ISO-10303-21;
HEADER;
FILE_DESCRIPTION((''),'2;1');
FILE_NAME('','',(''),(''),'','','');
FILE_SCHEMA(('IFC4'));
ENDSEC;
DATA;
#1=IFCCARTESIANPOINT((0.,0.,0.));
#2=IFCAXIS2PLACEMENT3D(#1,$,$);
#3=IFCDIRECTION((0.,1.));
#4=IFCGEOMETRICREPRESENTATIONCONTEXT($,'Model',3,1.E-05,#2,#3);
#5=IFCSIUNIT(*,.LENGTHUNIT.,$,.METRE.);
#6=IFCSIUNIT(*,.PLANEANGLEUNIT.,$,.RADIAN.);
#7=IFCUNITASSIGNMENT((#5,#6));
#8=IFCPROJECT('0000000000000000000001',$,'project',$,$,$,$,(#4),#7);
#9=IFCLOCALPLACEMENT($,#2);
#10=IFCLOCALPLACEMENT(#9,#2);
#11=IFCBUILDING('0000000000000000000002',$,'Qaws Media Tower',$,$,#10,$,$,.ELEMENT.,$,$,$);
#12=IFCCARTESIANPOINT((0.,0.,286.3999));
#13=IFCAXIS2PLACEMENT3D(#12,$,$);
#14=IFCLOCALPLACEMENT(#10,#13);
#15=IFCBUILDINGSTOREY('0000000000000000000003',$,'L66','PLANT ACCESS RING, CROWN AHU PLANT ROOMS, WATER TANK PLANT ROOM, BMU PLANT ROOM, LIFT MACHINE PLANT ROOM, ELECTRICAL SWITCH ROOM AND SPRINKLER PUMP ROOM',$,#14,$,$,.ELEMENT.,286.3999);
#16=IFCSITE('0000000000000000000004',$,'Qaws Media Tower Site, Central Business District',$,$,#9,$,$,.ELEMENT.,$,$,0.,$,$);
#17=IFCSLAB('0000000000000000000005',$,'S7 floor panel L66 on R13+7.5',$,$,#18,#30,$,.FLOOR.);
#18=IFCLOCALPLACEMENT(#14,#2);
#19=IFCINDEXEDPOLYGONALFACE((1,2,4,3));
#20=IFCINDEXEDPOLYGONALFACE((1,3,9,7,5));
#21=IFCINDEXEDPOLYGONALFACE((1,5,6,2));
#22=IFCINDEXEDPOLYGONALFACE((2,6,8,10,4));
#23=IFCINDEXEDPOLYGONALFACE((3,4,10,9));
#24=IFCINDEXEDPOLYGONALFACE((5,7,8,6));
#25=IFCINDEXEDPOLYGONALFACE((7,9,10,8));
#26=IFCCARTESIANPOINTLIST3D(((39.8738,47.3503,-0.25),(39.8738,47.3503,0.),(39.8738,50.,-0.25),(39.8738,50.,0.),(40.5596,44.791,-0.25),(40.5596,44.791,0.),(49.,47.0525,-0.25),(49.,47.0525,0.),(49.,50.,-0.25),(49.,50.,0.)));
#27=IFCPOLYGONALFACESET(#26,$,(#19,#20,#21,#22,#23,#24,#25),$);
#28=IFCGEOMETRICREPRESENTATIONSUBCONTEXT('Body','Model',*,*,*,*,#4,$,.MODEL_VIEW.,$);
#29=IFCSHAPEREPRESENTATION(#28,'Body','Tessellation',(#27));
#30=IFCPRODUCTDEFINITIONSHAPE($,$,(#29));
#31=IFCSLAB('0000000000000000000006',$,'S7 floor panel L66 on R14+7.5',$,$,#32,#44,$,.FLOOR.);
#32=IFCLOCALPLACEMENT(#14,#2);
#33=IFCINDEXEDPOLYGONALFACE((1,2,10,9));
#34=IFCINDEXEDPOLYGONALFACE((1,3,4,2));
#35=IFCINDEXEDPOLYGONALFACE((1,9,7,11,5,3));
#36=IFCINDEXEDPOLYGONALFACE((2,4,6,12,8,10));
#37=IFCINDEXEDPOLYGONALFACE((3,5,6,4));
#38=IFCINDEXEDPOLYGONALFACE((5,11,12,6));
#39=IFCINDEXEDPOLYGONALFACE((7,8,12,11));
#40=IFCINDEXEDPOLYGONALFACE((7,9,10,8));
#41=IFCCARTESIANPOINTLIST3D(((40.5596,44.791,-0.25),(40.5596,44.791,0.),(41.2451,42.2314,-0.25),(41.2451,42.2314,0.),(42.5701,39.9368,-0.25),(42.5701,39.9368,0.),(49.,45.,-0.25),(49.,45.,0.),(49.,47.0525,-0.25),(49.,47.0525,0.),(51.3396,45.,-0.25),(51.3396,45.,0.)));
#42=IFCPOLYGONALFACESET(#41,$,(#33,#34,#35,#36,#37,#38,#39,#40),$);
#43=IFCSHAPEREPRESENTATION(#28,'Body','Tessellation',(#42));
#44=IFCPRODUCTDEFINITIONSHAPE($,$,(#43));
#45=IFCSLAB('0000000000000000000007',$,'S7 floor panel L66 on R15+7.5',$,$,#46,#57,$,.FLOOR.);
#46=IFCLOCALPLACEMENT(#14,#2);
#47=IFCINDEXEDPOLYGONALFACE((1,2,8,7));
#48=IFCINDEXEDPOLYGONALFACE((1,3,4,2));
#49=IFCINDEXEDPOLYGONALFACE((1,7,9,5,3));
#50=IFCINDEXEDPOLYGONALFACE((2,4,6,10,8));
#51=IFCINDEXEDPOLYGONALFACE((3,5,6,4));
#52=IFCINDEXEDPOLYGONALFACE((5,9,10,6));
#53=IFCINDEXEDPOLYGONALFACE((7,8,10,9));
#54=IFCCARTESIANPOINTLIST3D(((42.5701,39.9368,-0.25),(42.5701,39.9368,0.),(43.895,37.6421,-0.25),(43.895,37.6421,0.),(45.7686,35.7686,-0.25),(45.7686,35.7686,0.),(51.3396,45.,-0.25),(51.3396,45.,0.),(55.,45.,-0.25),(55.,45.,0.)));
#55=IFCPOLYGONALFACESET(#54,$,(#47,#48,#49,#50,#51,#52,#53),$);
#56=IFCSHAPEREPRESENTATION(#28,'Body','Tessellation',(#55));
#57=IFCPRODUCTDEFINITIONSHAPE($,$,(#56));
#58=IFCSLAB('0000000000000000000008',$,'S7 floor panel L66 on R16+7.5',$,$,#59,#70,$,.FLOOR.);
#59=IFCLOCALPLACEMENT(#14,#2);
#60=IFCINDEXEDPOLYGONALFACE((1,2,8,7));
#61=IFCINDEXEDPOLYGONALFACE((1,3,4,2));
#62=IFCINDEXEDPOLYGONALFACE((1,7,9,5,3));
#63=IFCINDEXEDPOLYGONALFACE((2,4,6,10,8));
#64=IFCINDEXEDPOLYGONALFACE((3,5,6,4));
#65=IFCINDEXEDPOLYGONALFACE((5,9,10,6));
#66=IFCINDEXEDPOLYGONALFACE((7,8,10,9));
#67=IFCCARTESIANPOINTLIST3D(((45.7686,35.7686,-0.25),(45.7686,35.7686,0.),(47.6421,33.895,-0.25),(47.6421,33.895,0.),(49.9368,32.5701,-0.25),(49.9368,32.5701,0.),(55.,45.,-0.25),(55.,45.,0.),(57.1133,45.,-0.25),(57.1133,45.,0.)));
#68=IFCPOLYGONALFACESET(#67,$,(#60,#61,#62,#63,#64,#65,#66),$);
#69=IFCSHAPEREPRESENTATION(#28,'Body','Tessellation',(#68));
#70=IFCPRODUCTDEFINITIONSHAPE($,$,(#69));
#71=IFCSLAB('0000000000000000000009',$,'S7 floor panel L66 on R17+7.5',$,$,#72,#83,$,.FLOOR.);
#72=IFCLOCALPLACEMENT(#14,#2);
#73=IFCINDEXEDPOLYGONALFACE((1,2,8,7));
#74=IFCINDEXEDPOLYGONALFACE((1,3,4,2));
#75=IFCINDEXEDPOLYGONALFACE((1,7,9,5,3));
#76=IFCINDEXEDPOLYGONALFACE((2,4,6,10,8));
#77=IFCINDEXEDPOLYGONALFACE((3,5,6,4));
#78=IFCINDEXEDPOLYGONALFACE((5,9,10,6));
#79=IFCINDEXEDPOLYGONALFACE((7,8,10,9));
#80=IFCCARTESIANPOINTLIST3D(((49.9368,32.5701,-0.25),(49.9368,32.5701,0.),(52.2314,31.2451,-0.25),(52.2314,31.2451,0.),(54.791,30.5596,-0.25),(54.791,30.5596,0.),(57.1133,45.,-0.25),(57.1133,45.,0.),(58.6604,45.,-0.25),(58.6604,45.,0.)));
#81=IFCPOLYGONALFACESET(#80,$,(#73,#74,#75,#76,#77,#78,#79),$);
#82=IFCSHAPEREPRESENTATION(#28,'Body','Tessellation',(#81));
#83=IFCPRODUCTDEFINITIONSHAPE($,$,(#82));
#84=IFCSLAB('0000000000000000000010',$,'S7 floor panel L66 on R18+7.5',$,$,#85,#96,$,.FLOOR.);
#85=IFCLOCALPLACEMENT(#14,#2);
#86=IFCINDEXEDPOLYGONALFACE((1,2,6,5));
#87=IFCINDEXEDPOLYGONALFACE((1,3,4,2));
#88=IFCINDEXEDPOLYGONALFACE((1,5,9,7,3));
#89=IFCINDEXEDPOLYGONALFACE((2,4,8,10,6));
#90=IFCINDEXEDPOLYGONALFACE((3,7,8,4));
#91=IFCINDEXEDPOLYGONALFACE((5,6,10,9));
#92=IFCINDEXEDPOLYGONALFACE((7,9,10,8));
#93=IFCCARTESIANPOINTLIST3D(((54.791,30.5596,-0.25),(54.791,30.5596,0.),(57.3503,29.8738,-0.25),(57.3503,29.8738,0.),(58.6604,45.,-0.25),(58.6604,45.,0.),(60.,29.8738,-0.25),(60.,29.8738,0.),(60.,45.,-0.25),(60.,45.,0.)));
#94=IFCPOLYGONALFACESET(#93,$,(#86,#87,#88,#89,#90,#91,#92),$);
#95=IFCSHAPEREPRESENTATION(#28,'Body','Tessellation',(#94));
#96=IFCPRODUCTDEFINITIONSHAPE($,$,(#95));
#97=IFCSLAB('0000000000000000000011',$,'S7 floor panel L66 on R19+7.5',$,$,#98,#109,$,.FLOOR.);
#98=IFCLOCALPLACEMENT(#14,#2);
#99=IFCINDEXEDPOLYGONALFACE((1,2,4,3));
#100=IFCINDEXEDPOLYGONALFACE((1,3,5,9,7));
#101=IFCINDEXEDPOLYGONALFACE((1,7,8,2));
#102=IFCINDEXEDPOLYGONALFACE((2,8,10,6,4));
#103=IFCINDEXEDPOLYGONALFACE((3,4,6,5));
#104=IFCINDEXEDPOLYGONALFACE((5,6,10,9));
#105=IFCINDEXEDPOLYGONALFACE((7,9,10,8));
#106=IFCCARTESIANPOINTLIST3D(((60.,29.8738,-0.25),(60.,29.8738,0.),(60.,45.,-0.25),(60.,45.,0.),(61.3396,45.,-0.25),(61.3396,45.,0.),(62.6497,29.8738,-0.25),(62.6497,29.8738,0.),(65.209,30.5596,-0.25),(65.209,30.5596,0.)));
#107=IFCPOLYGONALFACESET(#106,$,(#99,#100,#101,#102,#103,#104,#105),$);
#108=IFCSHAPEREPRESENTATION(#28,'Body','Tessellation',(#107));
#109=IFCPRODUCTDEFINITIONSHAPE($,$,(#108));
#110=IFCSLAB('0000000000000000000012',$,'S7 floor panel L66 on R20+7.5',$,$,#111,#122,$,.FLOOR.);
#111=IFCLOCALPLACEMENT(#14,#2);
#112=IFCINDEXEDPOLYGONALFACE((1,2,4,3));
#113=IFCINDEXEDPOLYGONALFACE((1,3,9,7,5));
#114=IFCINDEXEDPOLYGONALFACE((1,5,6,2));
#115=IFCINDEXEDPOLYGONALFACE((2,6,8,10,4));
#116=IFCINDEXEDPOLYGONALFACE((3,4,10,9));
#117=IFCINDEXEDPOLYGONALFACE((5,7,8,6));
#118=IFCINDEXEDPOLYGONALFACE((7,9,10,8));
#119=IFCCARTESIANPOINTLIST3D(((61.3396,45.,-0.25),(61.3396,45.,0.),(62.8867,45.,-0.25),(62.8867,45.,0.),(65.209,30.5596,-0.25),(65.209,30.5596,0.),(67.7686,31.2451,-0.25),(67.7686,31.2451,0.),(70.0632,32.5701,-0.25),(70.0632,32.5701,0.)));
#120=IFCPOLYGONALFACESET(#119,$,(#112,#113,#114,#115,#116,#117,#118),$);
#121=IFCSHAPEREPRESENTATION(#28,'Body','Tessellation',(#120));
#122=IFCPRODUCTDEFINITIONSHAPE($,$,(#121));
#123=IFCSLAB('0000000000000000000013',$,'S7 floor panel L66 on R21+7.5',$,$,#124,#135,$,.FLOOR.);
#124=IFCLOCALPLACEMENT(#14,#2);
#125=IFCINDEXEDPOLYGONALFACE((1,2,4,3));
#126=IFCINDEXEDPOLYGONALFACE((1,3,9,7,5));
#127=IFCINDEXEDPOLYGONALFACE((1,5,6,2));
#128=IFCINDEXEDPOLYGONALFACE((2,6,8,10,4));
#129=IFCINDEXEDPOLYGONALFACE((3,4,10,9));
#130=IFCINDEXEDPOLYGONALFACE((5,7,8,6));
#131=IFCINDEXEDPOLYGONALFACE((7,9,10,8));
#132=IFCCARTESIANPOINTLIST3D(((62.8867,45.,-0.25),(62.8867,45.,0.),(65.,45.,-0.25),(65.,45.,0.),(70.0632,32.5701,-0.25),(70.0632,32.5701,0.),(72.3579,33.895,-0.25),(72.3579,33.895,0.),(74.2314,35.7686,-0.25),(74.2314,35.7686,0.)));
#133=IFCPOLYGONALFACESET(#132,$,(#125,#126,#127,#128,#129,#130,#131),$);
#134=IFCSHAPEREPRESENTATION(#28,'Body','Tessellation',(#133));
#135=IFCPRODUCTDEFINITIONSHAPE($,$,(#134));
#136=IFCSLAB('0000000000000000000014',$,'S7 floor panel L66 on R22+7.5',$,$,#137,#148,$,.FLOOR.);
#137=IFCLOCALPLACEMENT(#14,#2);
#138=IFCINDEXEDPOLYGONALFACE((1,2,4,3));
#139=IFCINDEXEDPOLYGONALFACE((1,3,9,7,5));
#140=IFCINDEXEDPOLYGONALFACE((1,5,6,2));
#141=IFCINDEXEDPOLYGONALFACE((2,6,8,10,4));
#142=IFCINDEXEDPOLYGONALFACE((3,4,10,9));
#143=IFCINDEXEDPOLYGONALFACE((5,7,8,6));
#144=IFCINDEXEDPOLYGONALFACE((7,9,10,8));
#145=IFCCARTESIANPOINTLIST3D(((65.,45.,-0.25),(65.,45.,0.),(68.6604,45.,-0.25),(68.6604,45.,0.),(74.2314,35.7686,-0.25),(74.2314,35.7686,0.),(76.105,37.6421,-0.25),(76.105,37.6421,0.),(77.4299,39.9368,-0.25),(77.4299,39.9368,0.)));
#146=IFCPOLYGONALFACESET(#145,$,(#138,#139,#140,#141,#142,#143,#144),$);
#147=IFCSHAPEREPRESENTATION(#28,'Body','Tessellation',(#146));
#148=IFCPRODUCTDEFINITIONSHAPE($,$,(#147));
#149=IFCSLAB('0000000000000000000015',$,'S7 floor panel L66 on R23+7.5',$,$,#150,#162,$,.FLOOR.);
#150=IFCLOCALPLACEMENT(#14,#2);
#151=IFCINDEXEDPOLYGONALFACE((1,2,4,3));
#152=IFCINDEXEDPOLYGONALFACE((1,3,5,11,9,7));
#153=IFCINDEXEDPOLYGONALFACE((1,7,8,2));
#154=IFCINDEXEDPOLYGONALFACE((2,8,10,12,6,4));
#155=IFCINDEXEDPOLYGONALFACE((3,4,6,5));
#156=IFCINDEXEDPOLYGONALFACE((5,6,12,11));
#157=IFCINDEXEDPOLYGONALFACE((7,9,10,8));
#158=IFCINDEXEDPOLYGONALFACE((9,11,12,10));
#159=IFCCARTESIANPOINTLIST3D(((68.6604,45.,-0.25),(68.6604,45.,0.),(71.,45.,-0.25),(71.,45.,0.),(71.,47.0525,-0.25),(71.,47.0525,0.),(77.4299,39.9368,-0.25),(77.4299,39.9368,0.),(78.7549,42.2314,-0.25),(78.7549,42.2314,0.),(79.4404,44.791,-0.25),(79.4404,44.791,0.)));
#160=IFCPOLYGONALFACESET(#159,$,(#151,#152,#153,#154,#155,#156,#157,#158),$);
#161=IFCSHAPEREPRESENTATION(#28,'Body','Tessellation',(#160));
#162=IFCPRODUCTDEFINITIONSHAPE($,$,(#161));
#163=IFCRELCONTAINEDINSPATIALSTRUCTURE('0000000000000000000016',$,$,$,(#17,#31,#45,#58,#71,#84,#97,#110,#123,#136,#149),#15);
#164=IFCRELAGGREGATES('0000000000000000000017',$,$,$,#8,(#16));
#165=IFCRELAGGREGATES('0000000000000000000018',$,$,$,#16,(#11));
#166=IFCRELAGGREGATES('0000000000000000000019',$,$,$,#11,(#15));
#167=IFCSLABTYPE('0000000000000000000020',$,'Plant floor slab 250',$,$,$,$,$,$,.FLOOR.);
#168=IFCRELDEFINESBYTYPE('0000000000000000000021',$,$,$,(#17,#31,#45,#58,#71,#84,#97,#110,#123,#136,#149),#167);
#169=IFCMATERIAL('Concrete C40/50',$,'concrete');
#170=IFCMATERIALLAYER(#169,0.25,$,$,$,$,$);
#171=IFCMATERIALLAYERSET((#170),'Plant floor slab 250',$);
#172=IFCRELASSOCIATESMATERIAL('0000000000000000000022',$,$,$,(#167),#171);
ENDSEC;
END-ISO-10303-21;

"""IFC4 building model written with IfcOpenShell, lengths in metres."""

from ifc_helpers import new_model, si_unit, direction, frame, origin, place, context, subcontext, project, spatial, polyline, outline, extrude, material, layer, layer_set, type_object, element, save


model = new_model("IFC4")

# Units and contexts
model_context = context("Model", 3, precision=1e-05, world=origin(), true_north=direction((0.0, 1.0)))
body_context = subcontext(model_context, "Body", "Model", "MODEL_VIEW")
ifc_project = project(units=[si_unit("LENGTHUNIT", "METRE"), si_unit("PLANEANGLEUNIT", "RADIAN")], contexts=[model_context])

# Site, building, storey
site_placement = place(None, origin())
site = spatial("IfcSite", under=ifc_project, at=site_placement, Name="Qaws Media Tower Site, Central Business District", CompositionType="ELEMENT", RefElevation=0.0)
building_placement = place(site_placement, origin())
building = spatial("IfcBuilding", under=site, at=building_placement, Name="Qaws Media Tower", CompositionType="ELEMENT")
storey_placement = place(building_placement, frame((0.0, 0.0, 286.3999)))
storey = spatial("IfcBuildingStorey", under=building, at=storey_placement, Name="L66", Description="PLANT ACCESS RING, CROWN AHU PLANT ROOMS, WATER TANK PLANT ROOM, BMU PLANT ROOM, LIFT MACHINE PLANT ROOM, ELECTRICAL SWITCH ROOM AND SPRINKLER PUMP ROOM", CompositionType="ELEMENT", Elevation=286.3999)

# Slabs
ifc_material = material(Name="Concrete C40/50", Category="concrete")
ifc_layer = layer(ifc_material, 0.25)
ifc_layer_set = layer_set([ifc_layer], Name="Plant floor slab 250")
slab_type = type_object("IfcSlabType", Name="Plant floor slab 250", PredefinedType="FLOOR", material=ifc_layer_set)
slab_1_placement = place(storey_placement, frame((0.0, 0.0, -0.25)))
element("IfcSlab", 1, at=slab_1_placement, inside=storey, type_object=slab_type, Name="S7 floor panel L66 on R13+7.5", PredefinedType="FLOOR", context=body_context, shape_type="SweptSolid", body=[
    extrude(outline(polyline([(39.8738, 47.3503), (39.8738, 50.0), (49.0, 50.0), (49.0, 47.0525), (40.5596, 44.791), (39.8738, 47.3503)])), origin(), (0.0, 0.0, 1.0), 0.25),
])
slab_2_placement = place(storey_placement, frame((0.0, 0.0, -0.25)))
element("IfcSlab", 2, at=slab_2_placement, inside=storey, type_object=slab_type, Name="S7 floor panel L66 on R14+7.5", PredefinedType="FLOOR", context=body_context, shape_type="SweptSolid", body=[
    extrude(outline(polyline([(41.2451, 42.2314), (40.5596, 44.791), (49.0, 47.0525), (49.0, 45.0), (51.3396, 45.0), (42.5701, 39.9368), (41.2451, 42.2314)])), origin(), (0.0, 0.0, 1.0), 0.25),
])
slab_3_placement = place(storey_placement, frame((0.0, 0.0, -0.25)))
element("IfcSlab", 3, at=slab_3_placement, inside=storey, type_object=slab_type, Name="S7 floor panel L66 on R15+7.5", PredefinedType="FLOOR", context=body_context, shape_type="SweptSolid", body=[
    extrude(outline(polyline([(43.895, 37.6421), (42.5701, 39.9368), (51.3396, 45.0), (55.0, 45.0), (45.7686, 35.7686), (43.895, 37.6421)])), origin(), (0.0, 0.0, 1.0), 0.25),
])
slab_4_placement = place(storey_placement, frame((0.0, 0.0, -0.25)))
element("IfcSlab", 4, at=slab_4_placement, inside=storey, type_object=slab_type, Name="S7 floor panel L66 on R16+7.5", PredefinedType="FLOOR", context=body_context, shape_type="SweptSolid", body=[
    extrude(outline(polyline([(47.6421, 33.895), (45.7686, 35.7686), (55.0, 45.0), (57.1133, 45.0), (49.9368, 32.5701), (47.6421, 33.895)])), origin(), (0.0, 0.0, 1.0), 0.25),
])
slab_5_placement = place(storey_placement, frame((0.0, 0.0, -0.25)))
element("IfcSlab", 5, at=slab_5_placement, inside=storey, type_object=slab_type, Name="S7 floor panel L66 on R17+7.5", PredefinedType="FLOOR", context=body_context, shape_type="SweptSolid", body=[
    extrude(outline(polyline([(52.2314, 31.2451), (49.9368, 32.5701), (57.1133, 45.0), (58.6604, 45.0), (54.791, 30.5596), (52.2314, 31.2451)])), origin(), (0.0, 0.0, 1.0), 0.25),
])
slab_6_placement = place(storey_placement, frame((0.0, 0.0, -0.25)))
element("IfcSlab", 6, at=slab_6_placement, inside=storey, type_object=slab_type, Name="S7 floor panel L66 on R18+7.5", PredefinedType="FLOOR", context=body_context, shape_type="SweptSolid", body=[
    extrude(outline(polyline([(57.3503, 29.8738), (54.791, 30.5596), (58.6604, 45.0), (60.0, 45.0), (60.0, 29.8738), (57.3503, 29.8738)])), origin(), (0.0, 0.0, 1.0), 0.25),
])
slab_7_placement = place(storey_placement, frame((0.0, 0.0, -0.25)))
element("IfcSlab", 7, at=slab_7_placement, inside=storey, type_object=slab_type, Name="S7 floor panel L66 on R19+7.5", PredefinedType="FLOOR", context=body_context, shape_type="SweptSolid", body=[
    extrude(outline(polyline([(62.6497, 29.8738), (60.0, 29.8738), (60.0, 45.0), (61.3396, 45.0), (65.209, 30.5596), (62.6497, 29.8738)])), origin(), (0.0, 0.0, 1.0), 0.25),
])
slab_8_placement = place(storey_placement, frame((0.0, 0.0, -0.25)))
element("IfcSlab", 8, at=slab_8_placement, inside=storey, type_object=slab_type, Name="S7 floor panel L66 on R20+7.5", PredefinedType="FLOOR", context=body_context, shape_type="SweptSolid", body=[
    extrude(outline(polyline([(67.7686, 31.2451), (65.209, 30.5596), (61.3396, 45.0), (62.8867, 45.0), (70.0632, 32.5701), (67.7686, 31.2451)])), origin(), (0.0, 0.0, 1.0), 0.25),
])
slab_9_placement = place(storey_placement, frame((0.0, 0.0, -0.25)))
element("IfcSlab", 9, at=slab_9_placement, inside=storey, type_object=slab_type, Name="S7 floor panel L66 on R21+7.5", PredefinedType="FLOOR", context=body_context, shape_type="SweptSolid", body=[
    extrude(outline(polyline([(72.3579, 33.895), (70.0632, 32.5701), (62.8867, 45.0), (65.0, 45.0), (74.2314, 35.7686), (72.3579, 33.895)])), origin(), (0.0, 0.0, 1.0), 0.25),
])
slab_10_placement = place(storey_placement, frame((0.0, 0.0, -0.25)))
element("IfcSlab", 10, at=slab_10_placement, inside=storey, type_object=slab_type, Name="S7 floor panel L66 on R22+7.5", PredefinedType="FLOOR", context=body_context, shape_type="SweptSolid", body=[
    extrude(outline(polyline([(76.105, 37.6421), (74.2314, 35.7686), (65.0, 45.0), (68.6604, 45.0), (77.4299, 39.9368), (76.105, 37.6421)])), origin(), (0.0, 0.0, 1.0), 0.25),
])
slab_11_placement = place(storey_placement, frame((0.0, 0.0, -0.25)))
element("IfcSlab", 11, at=slab_11_placement, inside=storey, type_object=slab_type, Name="S7 floor panel L66 on R23+7.5", PredefinedType="FLOOR", context=body_context, shape_type="SweptSolid", body=[
    extrude(outline(polyline([(78.7549, 42.2314), (77.4299, 39.9368), (68.6604, 45.0), (71.0, 45.0), (71.0, 47.0525), (79.4404, 44.791), (78.7549, 42.2314)])), origin(), (0.0, 0.0, 1.0), 0.25),
])

save(model, "model.ifc")
